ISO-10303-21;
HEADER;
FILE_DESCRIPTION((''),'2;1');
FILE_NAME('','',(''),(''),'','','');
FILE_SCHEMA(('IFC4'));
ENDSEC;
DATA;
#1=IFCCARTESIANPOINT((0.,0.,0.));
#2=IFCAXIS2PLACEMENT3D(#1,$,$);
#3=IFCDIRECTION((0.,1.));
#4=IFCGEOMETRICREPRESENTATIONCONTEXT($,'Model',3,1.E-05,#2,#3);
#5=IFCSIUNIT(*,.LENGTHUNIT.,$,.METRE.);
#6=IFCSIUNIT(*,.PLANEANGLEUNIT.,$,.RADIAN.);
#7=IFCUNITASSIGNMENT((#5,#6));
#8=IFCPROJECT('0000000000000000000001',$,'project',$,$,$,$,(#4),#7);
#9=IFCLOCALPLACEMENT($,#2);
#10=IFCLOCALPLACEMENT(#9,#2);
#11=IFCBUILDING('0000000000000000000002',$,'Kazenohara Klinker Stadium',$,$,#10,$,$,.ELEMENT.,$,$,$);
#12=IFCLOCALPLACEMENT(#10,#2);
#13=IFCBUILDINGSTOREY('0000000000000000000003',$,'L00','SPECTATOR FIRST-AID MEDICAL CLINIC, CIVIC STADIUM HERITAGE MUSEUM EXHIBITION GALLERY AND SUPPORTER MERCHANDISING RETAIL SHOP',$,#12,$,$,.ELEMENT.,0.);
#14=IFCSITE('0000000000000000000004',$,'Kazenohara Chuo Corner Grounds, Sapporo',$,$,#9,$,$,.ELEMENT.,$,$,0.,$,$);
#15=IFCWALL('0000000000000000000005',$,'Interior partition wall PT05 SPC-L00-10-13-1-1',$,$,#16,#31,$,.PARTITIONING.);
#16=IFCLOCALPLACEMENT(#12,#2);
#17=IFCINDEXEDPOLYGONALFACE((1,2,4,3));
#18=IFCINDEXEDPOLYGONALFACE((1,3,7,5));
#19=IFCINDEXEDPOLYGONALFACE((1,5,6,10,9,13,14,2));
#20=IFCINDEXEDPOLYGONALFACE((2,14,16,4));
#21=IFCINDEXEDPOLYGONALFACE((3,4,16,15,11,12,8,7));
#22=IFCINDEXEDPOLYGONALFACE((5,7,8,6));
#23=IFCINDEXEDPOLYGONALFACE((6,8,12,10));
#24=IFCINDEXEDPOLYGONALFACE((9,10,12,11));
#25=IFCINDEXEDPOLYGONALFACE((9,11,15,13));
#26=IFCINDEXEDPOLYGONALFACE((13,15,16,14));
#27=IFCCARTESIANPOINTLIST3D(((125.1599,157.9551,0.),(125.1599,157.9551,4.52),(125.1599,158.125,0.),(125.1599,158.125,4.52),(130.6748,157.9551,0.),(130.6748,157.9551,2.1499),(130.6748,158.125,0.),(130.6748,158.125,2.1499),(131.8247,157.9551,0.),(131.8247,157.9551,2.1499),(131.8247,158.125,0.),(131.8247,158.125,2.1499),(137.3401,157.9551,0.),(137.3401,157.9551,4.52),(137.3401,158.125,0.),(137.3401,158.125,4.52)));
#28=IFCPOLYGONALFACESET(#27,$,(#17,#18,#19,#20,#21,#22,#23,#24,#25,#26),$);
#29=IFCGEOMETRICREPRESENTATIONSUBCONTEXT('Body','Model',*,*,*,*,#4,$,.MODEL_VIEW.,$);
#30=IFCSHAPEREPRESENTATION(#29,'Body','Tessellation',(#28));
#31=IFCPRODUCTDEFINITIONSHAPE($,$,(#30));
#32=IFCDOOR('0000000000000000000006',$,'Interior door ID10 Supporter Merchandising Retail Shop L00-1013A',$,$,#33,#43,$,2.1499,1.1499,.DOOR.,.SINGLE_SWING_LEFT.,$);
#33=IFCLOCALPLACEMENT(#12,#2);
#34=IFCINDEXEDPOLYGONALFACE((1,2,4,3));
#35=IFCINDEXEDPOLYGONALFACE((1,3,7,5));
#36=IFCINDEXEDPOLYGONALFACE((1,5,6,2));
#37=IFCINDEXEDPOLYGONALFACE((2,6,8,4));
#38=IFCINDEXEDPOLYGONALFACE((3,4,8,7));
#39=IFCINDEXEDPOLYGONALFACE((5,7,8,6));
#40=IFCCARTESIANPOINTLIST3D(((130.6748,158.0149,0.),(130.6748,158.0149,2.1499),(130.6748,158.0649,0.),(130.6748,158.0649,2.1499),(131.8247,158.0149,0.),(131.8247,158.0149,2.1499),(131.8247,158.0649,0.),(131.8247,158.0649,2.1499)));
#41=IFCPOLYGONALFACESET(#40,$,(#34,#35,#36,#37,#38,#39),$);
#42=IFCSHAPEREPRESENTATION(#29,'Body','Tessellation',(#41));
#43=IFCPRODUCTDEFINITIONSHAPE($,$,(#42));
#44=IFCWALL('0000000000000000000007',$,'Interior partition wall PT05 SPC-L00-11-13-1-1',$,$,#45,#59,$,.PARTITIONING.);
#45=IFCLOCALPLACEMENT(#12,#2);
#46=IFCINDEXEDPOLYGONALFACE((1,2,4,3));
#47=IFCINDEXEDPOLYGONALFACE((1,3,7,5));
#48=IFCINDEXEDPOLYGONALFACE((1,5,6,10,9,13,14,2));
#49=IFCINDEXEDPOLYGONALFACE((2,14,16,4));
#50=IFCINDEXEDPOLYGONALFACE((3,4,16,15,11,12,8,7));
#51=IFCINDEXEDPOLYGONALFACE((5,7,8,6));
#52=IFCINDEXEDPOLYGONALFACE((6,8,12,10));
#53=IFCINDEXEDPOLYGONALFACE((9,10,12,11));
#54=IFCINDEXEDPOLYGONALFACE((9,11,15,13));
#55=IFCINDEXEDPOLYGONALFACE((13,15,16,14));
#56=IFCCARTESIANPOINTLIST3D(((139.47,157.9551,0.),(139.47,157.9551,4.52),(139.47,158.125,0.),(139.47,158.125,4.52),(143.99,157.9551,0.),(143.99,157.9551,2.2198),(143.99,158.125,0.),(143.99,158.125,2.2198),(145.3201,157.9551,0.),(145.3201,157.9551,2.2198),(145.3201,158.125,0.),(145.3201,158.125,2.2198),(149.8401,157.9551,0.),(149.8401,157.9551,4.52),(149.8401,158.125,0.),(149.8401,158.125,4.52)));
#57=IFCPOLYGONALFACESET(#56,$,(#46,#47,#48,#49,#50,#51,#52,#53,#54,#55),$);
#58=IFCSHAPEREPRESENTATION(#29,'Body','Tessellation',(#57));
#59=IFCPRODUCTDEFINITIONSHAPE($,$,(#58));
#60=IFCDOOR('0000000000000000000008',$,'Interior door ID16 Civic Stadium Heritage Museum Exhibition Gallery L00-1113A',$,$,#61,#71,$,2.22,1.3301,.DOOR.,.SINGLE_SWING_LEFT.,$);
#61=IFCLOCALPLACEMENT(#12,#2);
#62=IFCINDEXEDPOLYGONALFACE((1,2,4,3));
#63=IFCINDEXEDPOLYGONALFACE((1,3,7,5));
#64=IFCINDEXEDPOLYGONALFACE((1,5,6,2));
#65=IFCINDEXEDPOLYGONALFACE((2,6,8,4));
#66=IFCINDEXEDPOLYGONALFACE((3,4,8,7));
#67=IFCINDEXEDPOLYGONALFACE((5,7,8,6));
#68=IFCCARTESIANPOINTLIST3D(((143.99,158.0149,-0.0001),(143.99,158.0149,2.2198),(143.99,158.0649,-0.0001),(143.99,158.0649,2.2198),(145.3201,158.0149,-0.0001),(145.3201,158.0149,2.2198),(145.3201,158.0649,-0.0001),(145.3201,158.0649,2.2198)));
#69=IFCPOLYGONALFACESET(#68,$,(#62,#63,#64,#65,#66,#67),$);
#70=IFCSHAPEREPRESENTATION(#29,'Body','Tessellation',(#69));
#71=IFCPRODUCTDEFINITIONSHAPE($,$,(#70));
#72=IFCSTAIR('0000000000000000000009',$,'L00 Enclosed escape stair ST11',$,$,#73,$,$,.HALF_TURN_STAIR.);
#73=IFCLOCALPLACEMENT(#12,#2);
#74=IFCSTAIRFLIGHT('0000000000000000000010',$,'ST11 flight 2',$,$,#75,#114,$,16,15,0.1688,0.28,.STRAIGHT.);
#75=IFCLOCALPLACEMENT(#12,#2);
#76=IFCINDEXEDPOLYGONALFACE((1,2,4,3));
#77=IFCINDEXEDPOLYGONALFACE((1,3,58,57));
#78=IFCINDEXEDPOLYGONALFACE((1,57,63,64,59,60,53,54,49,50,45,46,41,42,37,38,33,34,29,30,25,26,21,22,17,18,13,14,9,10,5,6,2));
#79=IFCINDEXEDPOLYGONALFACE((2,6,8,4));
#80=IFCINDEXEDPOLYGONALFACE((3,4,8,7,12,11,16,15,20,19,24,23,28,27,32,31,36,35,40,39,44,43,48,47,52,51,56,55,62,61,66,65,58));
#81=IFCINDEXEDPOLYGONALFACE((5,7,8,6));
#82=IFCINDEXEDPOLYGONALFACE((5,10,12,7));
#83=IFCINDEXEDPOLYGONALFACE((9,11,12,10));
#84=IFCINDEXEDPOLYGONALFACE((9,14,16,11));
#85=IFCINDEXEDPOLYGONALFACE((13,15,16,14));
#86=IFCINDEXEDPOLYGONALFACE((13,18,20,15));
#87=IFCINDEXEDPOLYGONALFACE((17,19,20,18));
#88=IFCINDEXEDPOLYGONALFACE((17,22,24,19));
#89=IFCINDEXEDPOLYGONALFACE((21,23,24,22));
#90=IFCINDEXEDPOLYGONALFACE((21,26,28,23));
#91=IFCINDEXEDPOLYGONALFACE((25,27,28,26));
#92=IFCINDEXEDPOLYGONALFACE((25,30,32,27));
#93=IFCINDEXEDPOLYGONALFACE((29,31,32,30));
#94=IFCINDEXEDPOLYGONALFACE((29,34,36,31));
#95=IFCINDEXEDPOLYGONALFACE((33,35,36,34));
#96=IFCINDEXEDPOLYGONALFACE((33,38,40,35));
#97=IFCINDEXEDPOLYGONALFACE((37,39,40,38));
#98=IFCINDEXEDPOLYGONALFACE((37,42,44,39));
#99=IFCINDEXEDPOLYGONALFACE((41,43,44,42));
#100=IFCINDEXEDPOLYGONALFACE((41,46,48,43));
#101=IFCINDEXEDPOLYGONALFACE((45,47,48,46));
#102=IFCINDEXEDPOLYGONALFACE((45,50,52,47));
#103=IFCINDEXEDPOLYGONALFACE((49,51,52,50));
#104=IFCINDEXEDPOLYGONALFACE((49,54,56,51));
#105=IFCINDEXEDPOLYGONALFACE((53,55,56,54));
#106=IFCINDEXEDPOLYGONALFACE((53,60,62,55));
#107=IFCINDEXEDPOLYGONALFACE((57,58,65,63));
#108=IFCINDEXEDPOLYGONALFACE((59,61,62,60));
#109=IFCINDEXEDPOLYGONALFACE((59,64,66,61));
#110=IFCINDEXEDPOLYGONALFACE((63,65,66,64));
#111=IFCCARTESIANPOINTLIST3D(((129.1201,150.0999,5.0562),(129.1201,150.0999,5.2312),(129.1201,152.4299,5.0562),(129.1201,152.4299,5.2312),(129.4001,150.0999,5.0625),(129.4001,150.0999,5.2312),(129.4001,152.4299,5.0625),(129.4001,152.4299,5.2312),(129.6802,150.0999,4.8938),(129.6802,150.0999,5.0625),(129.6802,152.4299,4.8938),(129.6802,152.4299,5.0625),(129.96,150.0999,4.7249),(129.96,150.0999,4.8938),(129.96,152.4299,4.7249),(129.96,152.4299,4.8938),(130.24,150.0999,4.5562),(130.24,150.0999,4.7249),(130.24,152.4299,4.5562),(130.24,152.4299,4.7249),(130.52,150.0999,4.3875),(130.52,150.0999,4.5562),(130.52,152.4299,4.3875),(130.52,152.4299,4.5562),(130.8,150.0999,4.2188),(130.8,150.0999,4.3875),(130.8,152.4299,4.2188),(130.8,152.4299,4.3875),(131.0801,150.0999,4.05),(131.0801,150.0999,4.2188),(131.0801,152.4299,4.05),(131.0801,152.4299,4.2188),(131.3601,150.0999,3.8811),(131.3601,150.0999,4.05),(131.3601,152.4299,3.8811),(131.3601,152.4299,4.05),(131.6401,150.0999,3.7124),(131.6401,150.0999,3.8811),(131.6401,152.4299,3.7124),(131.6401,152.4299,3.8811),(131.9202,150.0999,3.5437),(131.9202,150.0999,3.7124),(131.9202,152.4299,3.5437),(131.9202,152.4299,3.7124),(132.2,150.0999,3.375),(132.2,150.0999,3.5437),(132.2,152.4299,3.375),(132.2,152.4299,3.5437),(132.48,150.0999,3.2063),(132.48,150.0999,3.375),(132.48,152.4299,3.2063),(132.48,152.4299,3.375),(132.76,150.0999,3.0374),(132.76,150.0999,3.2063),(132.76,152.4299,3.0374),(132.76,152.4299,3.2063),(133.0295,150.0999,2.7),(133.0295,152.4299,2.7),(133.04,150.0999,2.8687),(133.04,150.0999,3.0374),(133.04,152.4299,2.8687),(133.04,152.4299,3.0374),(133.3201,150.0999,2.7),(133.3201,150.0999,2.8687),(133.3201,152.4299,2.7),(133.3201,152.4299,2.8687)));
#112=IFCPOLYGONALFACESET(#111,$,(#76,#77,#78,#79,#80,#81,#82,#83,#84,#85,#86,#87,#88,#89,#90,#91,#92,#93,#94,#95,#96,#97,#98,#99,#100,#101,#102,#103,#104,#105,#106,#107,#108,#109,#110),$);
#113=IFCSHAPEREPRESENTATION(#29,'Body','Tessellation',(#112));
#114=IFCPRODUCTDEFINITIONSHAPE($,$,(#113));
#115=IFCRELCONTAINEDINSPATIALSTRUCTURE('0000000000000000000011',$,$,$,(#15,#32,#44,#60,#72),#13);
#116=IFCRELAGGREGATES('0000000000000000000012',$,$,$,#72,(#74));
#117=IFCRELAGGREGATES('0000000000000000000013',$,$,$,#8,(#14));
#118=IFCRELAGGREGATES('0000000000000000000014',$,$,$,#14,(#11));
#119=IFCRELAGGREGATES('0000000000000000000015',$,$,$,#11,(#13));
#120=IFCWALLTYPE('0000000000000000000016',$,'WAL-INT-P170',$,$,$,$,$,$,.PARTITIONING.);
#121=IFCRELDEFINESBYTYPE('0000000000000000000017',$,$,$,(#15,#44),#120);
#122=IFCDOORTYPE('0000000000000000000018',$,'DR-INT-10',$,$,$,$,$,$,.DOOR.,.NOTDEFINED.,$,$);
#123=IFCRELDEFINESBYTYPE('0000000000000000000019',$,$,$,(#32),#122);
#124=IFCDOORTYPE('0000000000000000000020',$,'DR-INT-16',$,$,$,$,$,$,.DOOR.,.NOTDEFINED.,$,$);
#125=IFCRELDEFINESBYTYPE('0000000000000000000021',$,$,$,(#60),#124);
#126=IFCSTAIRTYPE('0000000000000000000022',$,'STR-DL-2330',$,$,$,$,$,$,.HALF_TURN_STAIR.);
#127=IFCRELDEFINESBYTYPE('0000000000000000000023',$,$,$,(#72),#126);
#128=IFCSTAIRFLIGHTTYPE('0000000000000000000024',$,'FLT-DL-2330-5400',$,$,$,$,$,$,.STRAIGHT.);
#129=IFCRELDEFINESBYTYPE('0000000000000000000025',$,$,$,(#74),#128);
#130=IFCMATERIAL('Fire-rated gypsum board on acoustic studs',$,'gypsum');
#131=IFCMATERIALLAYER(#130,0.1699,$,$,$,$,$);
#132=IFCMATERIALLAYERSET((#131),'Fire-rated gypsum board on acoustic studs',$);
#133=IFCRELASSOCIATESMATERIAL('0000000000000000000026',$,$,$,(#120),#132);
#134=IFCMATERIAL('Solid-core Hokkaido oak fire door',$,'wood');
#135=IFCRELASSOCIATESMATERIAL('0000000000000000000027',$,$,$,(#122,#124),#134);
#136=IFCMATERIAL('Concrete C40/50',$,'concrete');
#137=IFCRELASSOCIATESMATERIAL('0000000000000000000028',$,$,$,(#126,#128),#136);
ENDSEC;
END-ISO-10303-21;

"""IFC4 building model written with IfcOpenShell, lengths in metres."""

from ifc_helpers import new_model, si_unit, direction, frame, frame_2d, origin, place, context, subcontext, project, spatial, polyline, rectangle, outline, extrude, material, layer, layer_set, type_object, element, fill, aggregate, save


model = new_model("IFC4")

# Units and contexts
model_context = context("Model", 3, precision=1e-05, world=origin(), true_north=direction((0.0, 1.0)))
body_context = subcontext(model_context, "Body", "Model", "MODEL_VIEW")
ifc_project = project(units=[si_unit("LENGTHUNIT", "METRE"), si_unit("PLANEANGLEUNIT", "RADIAN")], contexts=[model_context])

# Site, building, storey
site_placement = place(None, origin())
site = spatial("IfcSite", under=ifc_project, at=site_placement, Name="Kazenohara Chuo Corner Grounds, Sapporo", CompositionType="ELEMENT", RefElevation=0.0)
building_placement = place(site_placement, origin())
building = spatial("IfcBuilding", under=site, at=building_placement, Name="Kazenohara Klinker Stadium", CompositionType="ELEMENT")
storey_placement = place(building_placement, origin())
storey = spatial("IfcBuildingStorey", under=building, at=storey_placement, Name="L00", Description="SPECTATOR FIRST-AID MEDICAL CLINIC, CIVIC STADIUM HERITAGE MUSEUM EXHIBITION GALLERY AND SUPPORTER MERCHANDISING RETAIL SHOP", CompositionType="ELEMENT", Elevation=0.0)

# Shared definitions
ifc_material_1 = material(Name="Concrete C40/50", Category="concrete")

# Walls, openings, doors
ifc_material_2 = material(Name="Fire-rated gypsum board on acoustic studs", Category="gypsum")
ifc_layer_1 = layer(ifc_material_2, 0.1699)
ifc_layer_set_1 = layer_set([ifc_layer_1], Name="Fire-rated gypsum board on acoustic studs")
wall_type_1 = type_object("IfcWallType", Name="WAL-INT-P170", PredefinedType="PARTITIONING", material=ifc_layer_set_1)
wall_1_placement = place(storey_placement, frame((125.1599, 158.04, 0.0), z_axis=(0.0, 0.0, 1.0), x_axis=(1.0, 0.0, 0.0)))
wall_1 = element("IfcWall", 1, at=wall_1_placement, inside=storey, type_object=wall_type_1, Name="Interior partition wall PT05 SPC-L00-10-13-1-1", PredefinedType="PARTITIONING", context=body_context, shape_type="SweptSolid", body=[
    extrude(rectangle(XDim=12.1802, YDim=0.1699, at=frame_2d((6.0901, 0.0))), origin(), (0.0, 0.0, 1.0), 4.52),
])
opening_1_placement = place(wall_1_placement, frame((5.5149, 0.0, 0.0)))
opening_1 = element("IfcOpeningElement", 2, at=opening_1_placement, cuts=wall_1, PredefinedType="OPENING", context=body_context, shape_type="SweptSolid", body=[
    extrude(rectangle(XDim=1.1499, YDim=2.1499, at=frame_2d((0.575, 1.075))), frame((0.0, 0.095, 0.0), z_axis=(0.0, -1.0, 0.0), x_axis=(1.0, 0.0, 0.0)), (0.0, 0.0, 1.0), 0.1899),
])
ifc_material_3 = material(Name="Solid-core Hokkaido oak fire door", Category="wood")
door_type_1 = type_object("IfcDoorType", Name="DR-INT-10", OperationType="NOTDEFINED", PredefinedType="DOOR", material=ifc_material_3)
door_1_placement = place(opening_1_placement, origin())
door_1 = element("IfcDoor", 3, at=door_1_placement, inside=storey, type_object=door_type_1, Name="Interior door ID10 Supporter Merchandising Retail Shop L00-1013A", OperationType="SINGLE_SWING_LEFT", OverallHeight=2.1499, OverallWidth=1.1499, PredefinedType="DOOR", context=body_context, shape_type="SweptSolid", body=[
    extrude(rectangle(XDim=1.1499, YDim=2.1499, at=frame_2d((0.575, 1.075))), frame((0.0, 0.0249, 0.0), z_axis=(0.0, -1.0, 0.0), x_axis=(1.0, 0.0, 0.0)), (0.0, 0.0, 1.0), 0.05),
])
fill(opening_1, door_1)
wall_2_placement = place(storey_placement, frame((139.47, 158.04, 0.0), z_axis=(0.0, 0.0, 1.0), x_axis=(1.0, 0.0, 0.0)))
wall_2 = element("IfcWall", 4, at=wall_2_placement, inside=storey, type_object=wall_type_1, Name="Interior partition wall PT05 SPC-L00-11-13-1-1", PredefinedType="PARTITIONING", context=body_context, shape_type="SweptSolid", body=[
    extrude(rectangle(XDim=10.3701, YDim=0.1699, at=frame_2d((5.1851, 0.0))), origin(), (0.0, 0.0, 1.0), 4.52),
])
opening_2_placement = place(wall_2_placement, frame((4.52, 0.0, 0.0)))
opening_2 = element("IfcOpeningElement", 5, at=opening_2_placement, cuts=wall_2, PredefinedType="OPENING", context=body_context, shape_type="SweptSolid", body=[
    extrude(rectangle(XDim=1.3301, YDim=2.22, at=frame_2d((0.665, 1.1099))), frame((0.0, 0.095, 0.0), z_axis=(0.0, -1.0, 0.0), x_axis=(1.0, 0.0, 0.0)), (0.0, 0.0, 1.0), 0.1899),
])
door_type_2 = type_object("IfcDoorType", Name="DR-INT-16", OperationType="NOTDEFINED", PredefinedType="DOOR", material=ifc_material_3)
door_2_placement = place(opening_2_placement, origin())
door_2 = element("IfcDoor", 6, at=door_2_placement, inside=storey, type_object=door_type_2, Name="Interior door ID16 Civic Stadium Heritage Museum Exhibition Gallery L00-1113A", OperationType="SINGLE_SWING_LEFT", OverallHeight=2.22, OverallWidth=1.3301, PredefinedType="DOOR", context=body_context, shape_type="SweptSolid", body=[
    extrude(rectangle(XDim=1.3301, YDim=2.22, at=frame_2d((0.665, 1.1099))), frame((0.0, 0.0249, 0.0), z_axis=(0.0, -1.0, 0.0), x_axis=(1.0, 0.0, 0.0)), (0.0, 0.0, 1.0), 0.05),
])
fill(opening_2, door_2)

# Stair, stair flight
stair_type = type_object("IfcStairType", Name="STR-DL-2330", PredefinedType="HALF_TURN_STAIR", material=ifc_material_1)
stair_placement = place(storey_placement, origin())
stair = element("IfcStair", 7, at=stair_placement, inside=storey, type_object=stair_type, Name="L00 Enclosed escape stair ST11", PredefinedType="HALF_TURN_STAIR")
stair_flight_type = type_object("IfcStairFlightType", Name="FLT-DL-2330-5400", PredefinedType="STRAIGHT", material=ifc_material_1)
stair_flight_placement = place(storey_placement, frame((133.3201, 151.2649, 2.7), z_axis=(0.0, 0.0, 1.0), x_axis=(-1.0, 0.0, 0.0)))
stair_flight = element("IfcStairFlight", 8, at=stair_flight_placement, type_object=stair_flight_type, Name="ST11 flight 2", NumberOfRisers=16, NumberOfTreads=15, PredefinedType="STRAIGHT", RiserHeight=0.1688, TreadLength=0.28, context=body_context, shape_type="SweptSolid", body=[
    extrude(outline(polyline([(0.0, 0.0), (0.0, 0.1687), (0.28, 0.1687), (0.28, 0.3374), (0.5601, 0.3374), (0.5601, 0.5063), (0.8401, 0.5063), (0.8401, 0.675), (1.1201, 0.675), (1.1201, 0.8438), (1.3999, 0.8438), (1.3999, 1.0125), (1.6799, 1.0125), (1.6799, 1.1812), (1.96, 1.1812), (1.96, 1.3501), (2.24, 1.3501), (2.24, 1.5188), (2.52, 1.5188), (2.52, 1.6875), (2.8, 1.6875), (2.8, 1.8562), (3.0801, 1.8562), (3.0801, 2.0249), (3.3601, 2.0249), (3.3601, 2.1938), (3.6399, 2.1938), (3.6399, 2.3625), (3.9199, 2.3625), (3.9199, 2.5312), (4.2, 2.5312), (4.2, 2.7), (4.2, 2.3562), (0.2905, 0.0), (0.0, 0.0)])), frame((0.0, 1.165, 0.0), z_axis=(0.0, -1.0, 0.0), x_axis=(1.0, 0.0, 0.0)), (0.0, 0.0, 1.0), 2.3301),
])
aggregate(stair, [stair_flight])

save(model, "model.ifc")
